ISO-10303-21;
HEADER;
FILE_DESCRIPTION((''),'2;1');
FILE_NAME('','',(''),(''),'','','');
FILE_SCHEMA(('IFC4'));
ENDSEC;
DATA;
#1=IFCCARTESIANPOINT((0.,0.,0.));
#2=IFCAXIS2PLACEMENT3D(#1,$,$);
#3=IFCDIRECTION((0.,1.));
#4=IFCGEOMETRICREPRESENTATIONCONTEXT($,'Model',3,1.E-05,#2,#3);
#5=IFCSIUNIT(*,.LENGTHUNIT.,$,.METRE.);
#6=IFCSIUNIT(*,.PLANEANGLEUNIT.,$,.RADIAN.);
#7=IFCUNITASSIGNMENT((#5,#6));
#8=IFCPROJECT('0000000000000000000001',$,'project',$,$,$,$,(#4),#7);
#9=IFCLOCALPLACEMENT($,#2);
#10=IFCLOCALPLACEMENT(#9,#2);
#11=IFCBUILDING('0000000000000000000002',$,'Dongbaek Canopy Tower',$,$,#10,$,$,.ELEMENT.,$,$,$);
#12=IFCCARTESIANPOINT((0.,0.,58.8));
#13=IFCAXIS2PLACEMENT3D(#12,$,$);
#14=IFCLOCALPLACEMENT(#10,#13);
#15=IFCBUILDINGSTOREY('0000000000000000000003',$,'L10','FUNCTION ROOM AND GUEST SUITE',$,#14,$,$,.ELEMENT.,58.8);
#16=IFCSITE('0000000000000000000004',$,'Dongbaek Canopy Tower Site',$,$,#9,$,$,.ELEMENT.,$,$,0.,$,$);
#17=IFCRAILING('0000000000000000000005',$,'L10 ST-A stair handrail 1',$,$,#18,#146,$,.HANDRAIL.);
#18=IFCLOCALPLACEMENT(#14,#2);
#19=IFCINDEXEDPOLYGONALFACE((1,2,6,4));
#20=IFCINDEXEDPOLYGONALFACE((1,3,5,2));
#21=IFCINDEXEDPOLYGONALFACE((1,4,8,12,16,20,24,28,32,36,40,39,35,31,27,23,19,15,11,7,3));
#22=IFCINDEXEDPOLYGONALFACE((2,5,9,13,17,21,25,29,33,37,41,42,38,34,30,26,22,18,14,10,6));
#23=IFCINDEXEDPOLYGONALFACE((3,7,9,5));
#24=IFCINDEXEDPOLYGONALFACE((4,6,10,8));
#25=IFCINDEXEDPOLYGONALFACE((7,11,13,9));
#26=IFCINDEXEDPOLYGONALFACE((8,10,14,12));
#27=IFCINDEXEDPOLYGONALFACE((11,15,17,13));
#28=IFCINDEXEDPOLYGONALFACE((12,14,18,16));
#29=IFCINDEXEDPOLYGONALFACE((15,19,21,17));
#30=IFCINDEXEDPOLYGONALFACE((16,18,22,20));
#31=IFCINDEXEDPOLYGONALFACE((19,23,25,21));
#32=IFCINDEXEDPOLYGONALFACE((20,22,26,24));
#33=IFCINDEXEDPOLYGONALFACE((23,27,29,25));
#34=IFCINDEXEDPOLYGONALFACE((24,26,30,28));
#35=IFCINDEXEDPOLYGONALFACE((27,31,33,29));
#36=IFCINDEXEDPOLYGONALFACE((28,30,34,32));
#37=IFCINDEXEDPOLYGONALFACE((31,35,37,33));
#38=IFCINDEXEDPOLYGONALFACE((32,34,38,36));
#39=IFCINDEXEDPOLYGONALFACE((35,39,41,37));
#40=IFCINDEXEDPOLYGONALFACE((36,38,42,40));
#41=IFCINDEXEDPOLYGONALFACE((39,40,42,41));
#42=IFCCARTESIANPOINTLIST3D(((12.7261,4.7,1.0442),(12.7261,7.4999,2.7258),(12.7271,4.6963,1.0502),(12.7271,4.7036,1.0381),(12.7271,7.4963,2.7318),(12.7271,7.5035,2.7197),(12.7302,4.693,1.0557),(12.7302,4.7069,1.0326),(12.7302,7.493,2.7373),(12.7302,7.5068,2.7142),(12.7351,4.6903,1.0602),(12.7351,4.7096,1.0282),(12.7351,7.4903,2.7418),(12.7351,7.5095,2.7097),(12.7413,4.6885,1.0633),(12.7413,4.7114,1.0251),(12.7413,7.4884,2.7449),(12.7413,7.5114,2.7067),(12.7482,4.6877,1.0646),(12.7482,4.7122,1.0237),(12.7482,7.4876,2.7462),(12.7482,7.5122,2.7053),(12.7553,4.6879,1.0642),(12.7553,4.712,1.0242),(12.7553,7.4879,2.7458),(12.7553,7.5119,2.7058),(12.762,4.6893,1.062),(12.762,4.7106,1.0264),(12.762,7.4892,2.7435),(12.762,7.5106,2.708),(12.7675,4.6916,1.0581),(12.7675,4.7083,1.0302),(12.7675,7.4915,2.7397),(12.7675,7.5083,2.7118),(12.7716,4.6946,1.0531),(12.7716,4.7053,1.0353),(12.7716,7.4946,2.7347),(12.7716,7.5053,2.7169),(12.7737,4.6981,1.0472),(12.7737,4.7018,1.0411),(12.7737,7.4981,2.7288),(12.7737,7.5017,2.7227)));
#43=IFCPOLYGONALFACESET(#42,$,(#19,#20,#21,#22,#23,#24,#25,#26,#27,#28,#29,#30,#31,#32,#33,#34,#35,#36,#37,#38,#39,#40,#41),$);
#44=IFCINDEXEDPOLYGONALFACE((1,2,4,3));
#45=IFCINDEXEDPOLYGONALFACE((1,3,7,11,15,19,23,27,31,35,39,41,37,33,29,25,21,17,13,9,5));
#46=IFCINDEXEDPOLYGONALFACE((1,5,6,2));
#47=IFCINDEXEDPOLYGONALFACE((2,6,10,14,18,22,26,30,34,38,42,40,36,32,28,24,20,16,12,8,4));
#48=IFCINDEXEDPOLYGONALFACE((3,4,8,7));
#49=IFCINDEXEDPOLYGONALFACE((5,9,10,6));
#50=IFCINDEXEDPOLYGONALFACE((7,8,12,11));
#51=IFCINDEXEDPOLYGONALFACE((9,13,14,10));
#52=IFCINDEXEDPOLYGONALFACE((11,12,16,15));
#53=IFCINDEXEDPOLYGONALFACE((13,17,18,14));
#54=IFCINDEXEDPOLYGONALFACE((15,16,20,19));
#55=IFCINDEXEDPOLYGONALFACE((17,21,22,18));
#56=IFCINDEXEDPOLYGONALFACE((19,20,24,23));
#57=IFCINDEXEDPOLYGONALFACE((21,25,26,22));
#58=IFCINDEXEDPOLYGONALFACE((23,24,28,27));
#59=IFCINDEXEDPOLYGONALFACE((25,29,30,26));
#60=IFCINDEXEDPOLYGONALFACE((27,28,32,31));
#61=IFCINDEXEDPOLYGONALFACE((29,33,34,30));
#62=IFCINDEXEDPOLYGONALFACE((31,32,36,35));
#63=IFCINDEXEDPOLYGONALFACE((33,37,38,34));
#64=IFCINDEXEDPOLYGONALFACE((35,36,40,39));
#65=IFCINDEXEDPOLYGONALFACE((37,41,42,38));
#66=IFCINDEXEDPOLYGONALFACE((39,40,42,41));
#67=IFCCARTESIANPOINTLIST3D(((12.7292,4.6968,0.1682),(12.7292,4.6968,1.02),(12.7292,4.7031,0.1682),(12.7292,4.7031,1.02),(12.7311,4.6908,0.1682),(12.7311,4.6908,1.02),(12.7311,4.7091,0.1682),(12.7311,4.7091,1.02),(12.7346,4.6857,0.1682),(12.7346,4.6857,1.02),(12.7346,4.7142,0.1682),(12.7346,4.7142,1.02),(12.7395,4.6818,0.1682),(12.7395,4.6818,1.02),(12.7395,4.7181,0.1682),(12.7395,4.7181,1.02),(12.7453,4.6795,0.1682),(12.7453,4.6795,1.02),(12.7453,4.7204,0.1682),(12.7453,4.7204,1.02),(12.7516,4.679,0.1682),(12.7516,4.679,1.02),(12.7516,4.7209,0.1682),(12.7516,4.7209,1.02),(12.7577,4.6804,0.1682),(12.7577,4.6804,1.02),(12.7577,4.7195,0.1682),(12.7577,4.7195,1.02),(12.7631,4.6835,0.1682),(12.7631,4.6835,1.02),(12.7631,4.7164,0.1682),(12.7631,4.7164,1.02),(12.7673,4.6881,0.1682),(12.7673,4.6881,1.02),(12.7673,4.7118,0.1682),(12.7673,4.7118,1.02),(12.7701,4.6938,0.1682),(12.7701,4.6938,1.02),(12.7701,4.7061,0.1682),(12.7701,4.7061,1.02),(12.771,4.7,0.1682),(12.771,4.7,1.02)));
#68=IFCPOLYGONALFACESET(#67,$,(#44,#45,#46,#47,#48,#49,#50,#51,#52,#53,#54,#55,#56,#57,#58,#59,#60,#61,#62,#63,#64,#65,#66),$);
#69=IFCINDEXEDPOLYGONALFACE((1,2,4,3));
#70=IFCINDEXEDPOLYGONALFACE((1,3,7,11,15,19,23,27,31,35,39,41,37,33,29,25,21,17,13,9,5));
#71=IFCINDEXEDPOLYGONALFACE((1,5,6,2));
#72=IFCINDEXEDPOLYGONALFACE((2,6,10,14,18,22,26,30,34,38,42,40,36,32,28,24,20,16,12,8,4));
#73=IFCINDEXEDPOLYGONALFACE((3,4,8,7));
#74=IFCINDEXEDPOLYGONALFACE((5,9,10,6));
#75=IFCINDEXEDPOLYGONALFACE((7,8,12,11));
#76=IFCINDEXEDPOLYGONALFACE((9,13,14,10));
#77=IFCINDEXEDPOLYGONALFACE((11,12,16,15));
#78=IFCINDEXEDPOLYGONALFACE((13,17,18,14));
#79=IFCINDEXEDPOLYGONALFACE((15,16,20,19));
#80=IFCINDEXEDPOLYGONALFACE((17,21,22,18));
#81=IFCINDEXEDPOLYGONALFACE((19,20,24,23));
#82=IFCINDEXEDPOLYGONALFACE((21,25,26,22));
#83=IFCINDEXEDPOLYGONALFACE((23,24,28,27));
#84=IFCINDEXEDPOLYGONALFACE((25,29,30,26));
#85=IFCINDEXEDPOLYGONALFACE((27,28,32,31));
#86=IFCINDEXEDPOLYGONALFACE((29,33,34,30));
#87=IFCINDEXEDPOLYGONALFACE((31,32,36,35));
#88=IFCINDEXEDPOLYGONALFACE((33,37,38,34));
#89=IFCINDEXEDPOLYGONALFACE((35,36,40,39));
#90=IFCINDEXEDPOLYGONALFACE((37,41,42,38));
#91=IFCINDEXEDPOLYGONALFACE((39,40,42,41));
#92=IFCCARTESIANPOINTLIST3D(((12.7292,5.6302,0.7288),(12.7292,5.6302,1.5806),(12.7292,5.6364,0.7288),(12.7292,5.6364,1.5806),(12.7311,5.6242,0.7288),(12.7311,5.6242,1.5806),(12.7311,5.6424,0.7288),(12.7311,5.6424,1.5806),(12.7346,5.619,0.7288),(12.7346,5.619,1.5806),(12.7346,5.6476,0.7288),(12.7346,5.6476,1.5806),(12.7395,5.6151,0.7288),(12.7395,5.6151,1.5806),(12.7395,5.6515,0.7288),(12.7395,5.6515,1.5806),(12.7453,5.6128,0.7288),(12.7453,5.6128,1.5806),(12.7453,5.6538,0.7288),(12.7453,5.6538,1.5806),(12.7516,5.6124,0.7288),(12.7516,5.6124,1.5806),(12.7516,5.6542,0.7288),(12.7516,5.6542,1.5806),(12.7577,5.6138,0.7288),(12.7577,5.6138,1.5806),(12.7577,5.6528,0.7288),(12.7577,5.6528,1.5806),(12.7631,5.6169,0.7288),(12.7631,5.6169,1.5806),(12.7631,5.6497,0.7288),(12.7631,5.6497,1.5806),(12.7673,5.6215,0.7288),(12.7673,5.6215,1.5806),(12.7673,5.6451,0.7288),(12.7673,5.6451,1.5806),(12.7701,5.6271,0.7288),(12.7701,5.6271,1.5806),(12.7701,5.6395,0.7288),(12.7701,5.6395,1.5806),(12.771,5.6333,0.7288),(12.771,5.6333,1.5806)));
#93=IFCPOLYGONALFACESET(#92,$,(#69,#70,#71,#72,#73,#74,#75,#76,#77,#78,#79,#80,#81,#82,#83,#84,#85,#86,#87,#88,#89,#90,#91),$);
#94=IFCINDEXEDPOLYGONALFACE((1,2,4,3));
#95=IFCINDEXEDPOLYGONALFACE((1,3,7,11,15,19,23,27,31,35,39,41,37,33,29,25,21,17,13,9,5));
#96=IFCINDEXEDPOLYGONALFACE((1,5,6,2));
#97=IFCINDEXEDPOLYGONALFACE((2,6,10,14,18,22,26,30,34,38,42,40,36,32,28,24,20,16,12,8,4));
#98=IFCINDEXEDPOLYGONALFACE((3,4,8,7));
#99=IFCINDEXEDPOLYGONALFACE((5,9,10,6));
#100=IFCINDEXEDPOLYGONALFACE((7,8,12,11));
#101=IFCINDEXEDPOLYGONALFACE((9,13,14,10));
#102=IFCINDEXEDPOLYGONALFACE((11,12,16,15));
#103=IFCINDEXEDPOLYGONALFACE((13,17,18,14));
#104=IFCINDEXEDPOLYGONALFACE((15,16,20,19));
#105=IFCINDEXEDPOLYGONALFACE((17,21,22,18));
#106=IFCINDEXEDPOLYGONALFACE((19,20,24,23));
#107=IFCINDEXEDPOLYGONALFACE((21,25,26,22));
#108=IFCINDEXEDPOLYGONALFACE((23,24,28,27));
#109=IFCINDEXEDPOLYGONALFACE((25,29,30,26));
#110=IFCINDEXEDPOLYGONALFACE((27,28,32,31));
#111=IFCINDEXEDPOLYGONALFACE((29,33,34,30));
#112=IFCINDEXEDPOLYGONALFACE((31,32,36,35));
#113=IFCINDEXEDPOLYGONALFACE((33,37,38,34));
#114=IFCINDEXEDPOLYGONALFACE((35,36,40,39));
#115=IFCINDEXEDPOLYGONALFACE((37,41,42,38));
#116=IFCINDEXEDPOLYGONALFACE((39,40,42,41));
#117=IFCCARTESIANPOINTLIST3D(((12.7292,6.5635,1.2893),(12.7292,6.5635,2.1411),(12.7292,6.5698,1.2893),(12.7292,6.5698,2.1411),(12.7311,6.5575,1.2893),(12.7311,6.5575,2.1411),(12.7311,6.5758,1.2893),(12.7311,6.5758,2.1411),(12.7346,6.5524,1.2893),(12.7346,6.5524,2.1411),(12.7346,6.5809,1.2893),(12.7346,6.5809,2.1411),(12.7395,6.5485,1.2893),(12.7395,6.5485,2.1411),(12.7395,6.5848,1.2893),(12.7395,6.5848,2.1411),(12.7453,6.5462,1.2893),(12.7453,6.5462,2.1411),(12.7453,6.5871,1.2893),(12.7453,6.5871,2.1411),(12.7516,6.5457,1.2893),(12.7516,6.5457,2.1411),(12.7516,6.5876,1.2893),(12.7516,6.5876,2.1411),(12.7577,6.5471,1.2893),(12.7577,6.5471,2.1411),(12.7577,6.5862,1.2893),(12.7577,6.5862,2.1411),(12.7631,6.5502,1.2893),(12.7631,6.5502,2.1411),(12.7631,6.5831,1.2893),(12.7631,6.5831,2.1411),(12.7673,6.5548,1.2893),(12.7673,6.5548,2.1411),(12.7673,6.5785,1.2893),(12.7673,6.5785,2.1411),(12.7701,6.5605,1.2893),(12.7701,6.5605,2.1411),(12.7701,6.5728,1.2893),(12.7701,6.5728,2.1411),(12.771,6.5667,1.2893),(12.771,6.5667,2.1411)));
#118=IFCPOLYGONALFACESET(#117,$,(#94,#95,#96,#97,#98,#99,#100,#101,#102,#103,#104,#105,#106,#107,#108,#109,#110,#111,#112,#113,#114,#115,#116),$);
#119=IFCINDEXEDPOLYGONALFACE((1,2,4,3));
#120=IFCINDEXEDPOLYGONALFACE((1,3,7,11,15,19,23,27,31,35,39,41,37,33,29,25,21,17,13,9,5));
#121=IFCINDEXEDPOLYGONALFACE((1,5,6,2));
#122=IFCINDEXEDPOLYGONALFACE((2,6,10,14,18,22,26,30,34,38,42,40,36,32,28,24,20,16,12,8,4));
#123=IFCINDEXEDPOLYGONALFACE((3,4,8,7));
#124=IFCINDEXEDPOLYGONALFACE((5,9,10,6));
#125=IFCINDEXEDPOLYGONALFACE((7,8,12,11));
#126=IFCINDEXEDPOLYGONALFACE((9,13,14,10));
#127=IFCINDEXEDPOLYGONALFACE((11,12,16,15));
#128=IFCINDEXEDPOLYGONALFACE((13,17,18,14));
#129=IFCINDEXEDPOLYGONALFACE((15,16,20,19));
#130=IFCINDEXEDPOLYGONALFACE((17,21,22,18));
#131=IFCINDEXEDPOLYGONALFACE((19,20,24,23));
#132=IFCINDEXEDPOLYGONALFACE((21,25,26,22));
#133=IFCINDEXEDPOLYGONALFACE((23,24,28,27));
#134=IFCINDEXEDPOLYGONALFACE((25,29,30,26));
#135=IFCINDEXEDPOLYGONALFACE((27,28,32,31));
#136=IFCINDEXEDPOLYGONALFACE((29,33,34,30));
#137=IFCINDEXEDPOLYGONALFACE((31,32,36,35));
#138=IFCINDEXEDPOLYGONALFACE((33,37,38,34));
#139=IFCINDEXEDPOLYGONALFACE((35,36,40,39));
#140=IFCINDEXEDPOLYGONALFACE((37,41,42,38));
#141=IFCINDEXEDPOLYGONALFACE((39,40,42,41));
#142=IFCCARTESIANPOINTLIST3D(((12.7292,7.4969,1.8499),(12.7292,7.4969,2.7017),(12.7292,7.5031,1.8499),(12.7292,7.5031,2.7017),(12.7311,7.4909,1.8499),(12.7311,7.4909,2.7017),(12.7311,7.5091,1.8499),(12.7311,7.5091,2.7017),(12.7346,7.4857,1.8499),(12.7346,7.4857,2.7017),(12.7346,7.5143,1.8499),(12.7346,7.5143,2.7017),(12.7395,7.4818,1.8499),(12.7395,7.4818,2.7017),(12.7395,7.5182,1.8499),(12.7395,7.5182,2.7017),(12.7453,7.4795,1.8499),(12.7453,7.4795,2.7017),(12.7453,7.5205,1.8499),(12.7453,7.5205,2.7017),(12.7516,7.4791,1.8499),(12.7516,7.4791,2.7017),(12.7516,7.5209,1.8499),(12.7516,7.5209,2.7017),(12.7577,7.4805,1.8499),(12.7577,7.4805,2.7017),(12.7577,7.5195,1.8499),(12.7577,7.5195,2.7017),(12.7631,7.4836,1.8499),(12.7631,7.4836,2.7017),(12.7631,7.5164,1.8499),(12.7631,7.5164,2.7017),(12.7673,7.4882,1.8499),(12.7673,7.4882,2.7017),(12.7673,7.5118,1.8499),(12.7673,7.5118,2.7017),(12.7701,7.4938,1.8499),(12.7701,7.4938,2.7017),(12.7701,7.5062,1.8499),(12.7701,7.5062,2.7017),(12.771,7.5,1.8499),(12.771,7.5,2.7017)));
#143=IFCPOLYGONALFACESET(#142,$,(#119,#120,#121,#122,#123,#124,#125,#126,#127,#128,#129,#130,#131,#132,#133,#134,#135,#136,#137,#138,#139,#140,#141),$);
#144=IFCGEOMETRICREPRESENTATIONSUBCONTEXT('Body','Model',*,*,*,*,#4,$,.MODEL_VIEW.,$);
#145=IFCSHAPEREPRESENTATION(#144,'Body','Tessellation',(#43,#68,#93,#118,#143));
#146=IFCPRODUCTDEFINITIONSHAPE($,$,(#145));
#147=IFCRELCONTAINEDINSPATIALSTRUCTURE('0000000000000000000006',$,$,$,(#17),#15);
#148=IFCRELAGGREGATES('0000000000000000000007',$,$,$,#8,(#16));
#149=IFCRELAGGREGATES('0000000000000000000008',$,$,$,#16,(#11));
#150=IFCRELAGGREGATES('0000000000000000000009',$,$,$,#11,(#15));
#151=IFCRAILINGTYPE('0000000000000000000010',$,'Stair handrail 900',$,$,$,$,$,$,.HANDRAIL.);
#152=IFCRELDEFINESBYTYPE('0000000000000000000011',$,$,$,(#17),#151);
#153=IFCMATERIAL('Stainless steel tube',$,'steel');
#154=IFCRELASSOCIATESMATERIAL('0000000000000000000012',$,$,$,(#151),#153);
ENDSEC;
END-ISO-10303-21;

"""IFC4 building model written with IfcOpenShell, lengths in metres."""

from ifc_helpers import new_model, si_unit, direction, frame, origin, origin_2d, place, context, subcontext, project, spatial, circle, extrude, material, type_object, element, save


model = new_model("IFC4")

# Units and contexts
model_context = context("Model", 3, precision=1e-05, world=origin(), true_north=direction((0.0, 1.0)))
body_context = subcontext(model_context, "Body", "Model", "MODEL_VIEW")
ifc_project = project(units=[si_unit("LENGTHUNIT", "METRE"), si_unit("PLANEANGLEUNIT", "RADIAN")], contexts=[model_context])

# Site, building, storey
site_placement = place(None, origin())
site = spatial("IfcSite", under=ifc_project, at=site_placement, Name="Dongbaek Canopy Tower Site", CompositionType="ELEMENT", RefElevation=0.0)
building_placement = place(site_placement, origin())
building = spatial("IfcBuilding", under=site, at=building_placement, Name="Dongbaek Canopy Tower", CompositionType="ELEMENT")
storey_placement = place(building_placement, frame((0.0, 0.0, 58.8)))
storey = spatial("IfcBuildingStorey", under=building, at=storey_placement, Name="L10", Description="FUNCTION ROOM AND GUEST SUITE", CompositionType="ELEMENT", Elevation=58.8)

# Railing
ifc_material_1 = material(Name="Stainless steel tube", Category="steel")
railing_type_1 = type_object("IfcRailingType", Name="Stair handrail 900", PredefinedType="HANDRAIL", material=ifc_material_1)
railing_1_placement = place(storey_placement, frame((12.75, 4.7, 0.1682)))
element("IfcRailing", 1, at=railing_1_placement, inside=storey, type_object=railing_type_1, Name="L10 ST-A stair handrail 1", PredefinedType="HANDRAIL", context=body_context, shape_type="SweptSolid", body=[
    extrude(circle(Radius=0.0239, at=origin_2d()), frame((0.0, 0.0, 0.876), z_axis=(0.0, 0.857275, 0.514858), x_axis=(-1.0, 0.0, 0.0)), (0.0, 0.0, 1.0), 3.2661),
    extrude(circle(Radius=0.021, at=origin_2d()), origin(), (0.0, 0.0, 1.0), 0.8518),
    extrude(circle(Radius=0.021, at=origin_2d()), frame((0.0, 0.9333, 0.5605)), (0.0, 0.0, 1.0), 0.8518),
    extrude(circle(Radius=0.021, at=origin_2d()), frame((0.0, 1.8667, 1.1211)), (0.0, 0.0, 1.0), 0.8518),
    extrude(circle(Radius=0.021, at=origin_2d()), frame((0.0, 2.8, 1.6816)), (0.0, 0.0, 1.0), 0.8518),
])

save(model, "model.ifc")
